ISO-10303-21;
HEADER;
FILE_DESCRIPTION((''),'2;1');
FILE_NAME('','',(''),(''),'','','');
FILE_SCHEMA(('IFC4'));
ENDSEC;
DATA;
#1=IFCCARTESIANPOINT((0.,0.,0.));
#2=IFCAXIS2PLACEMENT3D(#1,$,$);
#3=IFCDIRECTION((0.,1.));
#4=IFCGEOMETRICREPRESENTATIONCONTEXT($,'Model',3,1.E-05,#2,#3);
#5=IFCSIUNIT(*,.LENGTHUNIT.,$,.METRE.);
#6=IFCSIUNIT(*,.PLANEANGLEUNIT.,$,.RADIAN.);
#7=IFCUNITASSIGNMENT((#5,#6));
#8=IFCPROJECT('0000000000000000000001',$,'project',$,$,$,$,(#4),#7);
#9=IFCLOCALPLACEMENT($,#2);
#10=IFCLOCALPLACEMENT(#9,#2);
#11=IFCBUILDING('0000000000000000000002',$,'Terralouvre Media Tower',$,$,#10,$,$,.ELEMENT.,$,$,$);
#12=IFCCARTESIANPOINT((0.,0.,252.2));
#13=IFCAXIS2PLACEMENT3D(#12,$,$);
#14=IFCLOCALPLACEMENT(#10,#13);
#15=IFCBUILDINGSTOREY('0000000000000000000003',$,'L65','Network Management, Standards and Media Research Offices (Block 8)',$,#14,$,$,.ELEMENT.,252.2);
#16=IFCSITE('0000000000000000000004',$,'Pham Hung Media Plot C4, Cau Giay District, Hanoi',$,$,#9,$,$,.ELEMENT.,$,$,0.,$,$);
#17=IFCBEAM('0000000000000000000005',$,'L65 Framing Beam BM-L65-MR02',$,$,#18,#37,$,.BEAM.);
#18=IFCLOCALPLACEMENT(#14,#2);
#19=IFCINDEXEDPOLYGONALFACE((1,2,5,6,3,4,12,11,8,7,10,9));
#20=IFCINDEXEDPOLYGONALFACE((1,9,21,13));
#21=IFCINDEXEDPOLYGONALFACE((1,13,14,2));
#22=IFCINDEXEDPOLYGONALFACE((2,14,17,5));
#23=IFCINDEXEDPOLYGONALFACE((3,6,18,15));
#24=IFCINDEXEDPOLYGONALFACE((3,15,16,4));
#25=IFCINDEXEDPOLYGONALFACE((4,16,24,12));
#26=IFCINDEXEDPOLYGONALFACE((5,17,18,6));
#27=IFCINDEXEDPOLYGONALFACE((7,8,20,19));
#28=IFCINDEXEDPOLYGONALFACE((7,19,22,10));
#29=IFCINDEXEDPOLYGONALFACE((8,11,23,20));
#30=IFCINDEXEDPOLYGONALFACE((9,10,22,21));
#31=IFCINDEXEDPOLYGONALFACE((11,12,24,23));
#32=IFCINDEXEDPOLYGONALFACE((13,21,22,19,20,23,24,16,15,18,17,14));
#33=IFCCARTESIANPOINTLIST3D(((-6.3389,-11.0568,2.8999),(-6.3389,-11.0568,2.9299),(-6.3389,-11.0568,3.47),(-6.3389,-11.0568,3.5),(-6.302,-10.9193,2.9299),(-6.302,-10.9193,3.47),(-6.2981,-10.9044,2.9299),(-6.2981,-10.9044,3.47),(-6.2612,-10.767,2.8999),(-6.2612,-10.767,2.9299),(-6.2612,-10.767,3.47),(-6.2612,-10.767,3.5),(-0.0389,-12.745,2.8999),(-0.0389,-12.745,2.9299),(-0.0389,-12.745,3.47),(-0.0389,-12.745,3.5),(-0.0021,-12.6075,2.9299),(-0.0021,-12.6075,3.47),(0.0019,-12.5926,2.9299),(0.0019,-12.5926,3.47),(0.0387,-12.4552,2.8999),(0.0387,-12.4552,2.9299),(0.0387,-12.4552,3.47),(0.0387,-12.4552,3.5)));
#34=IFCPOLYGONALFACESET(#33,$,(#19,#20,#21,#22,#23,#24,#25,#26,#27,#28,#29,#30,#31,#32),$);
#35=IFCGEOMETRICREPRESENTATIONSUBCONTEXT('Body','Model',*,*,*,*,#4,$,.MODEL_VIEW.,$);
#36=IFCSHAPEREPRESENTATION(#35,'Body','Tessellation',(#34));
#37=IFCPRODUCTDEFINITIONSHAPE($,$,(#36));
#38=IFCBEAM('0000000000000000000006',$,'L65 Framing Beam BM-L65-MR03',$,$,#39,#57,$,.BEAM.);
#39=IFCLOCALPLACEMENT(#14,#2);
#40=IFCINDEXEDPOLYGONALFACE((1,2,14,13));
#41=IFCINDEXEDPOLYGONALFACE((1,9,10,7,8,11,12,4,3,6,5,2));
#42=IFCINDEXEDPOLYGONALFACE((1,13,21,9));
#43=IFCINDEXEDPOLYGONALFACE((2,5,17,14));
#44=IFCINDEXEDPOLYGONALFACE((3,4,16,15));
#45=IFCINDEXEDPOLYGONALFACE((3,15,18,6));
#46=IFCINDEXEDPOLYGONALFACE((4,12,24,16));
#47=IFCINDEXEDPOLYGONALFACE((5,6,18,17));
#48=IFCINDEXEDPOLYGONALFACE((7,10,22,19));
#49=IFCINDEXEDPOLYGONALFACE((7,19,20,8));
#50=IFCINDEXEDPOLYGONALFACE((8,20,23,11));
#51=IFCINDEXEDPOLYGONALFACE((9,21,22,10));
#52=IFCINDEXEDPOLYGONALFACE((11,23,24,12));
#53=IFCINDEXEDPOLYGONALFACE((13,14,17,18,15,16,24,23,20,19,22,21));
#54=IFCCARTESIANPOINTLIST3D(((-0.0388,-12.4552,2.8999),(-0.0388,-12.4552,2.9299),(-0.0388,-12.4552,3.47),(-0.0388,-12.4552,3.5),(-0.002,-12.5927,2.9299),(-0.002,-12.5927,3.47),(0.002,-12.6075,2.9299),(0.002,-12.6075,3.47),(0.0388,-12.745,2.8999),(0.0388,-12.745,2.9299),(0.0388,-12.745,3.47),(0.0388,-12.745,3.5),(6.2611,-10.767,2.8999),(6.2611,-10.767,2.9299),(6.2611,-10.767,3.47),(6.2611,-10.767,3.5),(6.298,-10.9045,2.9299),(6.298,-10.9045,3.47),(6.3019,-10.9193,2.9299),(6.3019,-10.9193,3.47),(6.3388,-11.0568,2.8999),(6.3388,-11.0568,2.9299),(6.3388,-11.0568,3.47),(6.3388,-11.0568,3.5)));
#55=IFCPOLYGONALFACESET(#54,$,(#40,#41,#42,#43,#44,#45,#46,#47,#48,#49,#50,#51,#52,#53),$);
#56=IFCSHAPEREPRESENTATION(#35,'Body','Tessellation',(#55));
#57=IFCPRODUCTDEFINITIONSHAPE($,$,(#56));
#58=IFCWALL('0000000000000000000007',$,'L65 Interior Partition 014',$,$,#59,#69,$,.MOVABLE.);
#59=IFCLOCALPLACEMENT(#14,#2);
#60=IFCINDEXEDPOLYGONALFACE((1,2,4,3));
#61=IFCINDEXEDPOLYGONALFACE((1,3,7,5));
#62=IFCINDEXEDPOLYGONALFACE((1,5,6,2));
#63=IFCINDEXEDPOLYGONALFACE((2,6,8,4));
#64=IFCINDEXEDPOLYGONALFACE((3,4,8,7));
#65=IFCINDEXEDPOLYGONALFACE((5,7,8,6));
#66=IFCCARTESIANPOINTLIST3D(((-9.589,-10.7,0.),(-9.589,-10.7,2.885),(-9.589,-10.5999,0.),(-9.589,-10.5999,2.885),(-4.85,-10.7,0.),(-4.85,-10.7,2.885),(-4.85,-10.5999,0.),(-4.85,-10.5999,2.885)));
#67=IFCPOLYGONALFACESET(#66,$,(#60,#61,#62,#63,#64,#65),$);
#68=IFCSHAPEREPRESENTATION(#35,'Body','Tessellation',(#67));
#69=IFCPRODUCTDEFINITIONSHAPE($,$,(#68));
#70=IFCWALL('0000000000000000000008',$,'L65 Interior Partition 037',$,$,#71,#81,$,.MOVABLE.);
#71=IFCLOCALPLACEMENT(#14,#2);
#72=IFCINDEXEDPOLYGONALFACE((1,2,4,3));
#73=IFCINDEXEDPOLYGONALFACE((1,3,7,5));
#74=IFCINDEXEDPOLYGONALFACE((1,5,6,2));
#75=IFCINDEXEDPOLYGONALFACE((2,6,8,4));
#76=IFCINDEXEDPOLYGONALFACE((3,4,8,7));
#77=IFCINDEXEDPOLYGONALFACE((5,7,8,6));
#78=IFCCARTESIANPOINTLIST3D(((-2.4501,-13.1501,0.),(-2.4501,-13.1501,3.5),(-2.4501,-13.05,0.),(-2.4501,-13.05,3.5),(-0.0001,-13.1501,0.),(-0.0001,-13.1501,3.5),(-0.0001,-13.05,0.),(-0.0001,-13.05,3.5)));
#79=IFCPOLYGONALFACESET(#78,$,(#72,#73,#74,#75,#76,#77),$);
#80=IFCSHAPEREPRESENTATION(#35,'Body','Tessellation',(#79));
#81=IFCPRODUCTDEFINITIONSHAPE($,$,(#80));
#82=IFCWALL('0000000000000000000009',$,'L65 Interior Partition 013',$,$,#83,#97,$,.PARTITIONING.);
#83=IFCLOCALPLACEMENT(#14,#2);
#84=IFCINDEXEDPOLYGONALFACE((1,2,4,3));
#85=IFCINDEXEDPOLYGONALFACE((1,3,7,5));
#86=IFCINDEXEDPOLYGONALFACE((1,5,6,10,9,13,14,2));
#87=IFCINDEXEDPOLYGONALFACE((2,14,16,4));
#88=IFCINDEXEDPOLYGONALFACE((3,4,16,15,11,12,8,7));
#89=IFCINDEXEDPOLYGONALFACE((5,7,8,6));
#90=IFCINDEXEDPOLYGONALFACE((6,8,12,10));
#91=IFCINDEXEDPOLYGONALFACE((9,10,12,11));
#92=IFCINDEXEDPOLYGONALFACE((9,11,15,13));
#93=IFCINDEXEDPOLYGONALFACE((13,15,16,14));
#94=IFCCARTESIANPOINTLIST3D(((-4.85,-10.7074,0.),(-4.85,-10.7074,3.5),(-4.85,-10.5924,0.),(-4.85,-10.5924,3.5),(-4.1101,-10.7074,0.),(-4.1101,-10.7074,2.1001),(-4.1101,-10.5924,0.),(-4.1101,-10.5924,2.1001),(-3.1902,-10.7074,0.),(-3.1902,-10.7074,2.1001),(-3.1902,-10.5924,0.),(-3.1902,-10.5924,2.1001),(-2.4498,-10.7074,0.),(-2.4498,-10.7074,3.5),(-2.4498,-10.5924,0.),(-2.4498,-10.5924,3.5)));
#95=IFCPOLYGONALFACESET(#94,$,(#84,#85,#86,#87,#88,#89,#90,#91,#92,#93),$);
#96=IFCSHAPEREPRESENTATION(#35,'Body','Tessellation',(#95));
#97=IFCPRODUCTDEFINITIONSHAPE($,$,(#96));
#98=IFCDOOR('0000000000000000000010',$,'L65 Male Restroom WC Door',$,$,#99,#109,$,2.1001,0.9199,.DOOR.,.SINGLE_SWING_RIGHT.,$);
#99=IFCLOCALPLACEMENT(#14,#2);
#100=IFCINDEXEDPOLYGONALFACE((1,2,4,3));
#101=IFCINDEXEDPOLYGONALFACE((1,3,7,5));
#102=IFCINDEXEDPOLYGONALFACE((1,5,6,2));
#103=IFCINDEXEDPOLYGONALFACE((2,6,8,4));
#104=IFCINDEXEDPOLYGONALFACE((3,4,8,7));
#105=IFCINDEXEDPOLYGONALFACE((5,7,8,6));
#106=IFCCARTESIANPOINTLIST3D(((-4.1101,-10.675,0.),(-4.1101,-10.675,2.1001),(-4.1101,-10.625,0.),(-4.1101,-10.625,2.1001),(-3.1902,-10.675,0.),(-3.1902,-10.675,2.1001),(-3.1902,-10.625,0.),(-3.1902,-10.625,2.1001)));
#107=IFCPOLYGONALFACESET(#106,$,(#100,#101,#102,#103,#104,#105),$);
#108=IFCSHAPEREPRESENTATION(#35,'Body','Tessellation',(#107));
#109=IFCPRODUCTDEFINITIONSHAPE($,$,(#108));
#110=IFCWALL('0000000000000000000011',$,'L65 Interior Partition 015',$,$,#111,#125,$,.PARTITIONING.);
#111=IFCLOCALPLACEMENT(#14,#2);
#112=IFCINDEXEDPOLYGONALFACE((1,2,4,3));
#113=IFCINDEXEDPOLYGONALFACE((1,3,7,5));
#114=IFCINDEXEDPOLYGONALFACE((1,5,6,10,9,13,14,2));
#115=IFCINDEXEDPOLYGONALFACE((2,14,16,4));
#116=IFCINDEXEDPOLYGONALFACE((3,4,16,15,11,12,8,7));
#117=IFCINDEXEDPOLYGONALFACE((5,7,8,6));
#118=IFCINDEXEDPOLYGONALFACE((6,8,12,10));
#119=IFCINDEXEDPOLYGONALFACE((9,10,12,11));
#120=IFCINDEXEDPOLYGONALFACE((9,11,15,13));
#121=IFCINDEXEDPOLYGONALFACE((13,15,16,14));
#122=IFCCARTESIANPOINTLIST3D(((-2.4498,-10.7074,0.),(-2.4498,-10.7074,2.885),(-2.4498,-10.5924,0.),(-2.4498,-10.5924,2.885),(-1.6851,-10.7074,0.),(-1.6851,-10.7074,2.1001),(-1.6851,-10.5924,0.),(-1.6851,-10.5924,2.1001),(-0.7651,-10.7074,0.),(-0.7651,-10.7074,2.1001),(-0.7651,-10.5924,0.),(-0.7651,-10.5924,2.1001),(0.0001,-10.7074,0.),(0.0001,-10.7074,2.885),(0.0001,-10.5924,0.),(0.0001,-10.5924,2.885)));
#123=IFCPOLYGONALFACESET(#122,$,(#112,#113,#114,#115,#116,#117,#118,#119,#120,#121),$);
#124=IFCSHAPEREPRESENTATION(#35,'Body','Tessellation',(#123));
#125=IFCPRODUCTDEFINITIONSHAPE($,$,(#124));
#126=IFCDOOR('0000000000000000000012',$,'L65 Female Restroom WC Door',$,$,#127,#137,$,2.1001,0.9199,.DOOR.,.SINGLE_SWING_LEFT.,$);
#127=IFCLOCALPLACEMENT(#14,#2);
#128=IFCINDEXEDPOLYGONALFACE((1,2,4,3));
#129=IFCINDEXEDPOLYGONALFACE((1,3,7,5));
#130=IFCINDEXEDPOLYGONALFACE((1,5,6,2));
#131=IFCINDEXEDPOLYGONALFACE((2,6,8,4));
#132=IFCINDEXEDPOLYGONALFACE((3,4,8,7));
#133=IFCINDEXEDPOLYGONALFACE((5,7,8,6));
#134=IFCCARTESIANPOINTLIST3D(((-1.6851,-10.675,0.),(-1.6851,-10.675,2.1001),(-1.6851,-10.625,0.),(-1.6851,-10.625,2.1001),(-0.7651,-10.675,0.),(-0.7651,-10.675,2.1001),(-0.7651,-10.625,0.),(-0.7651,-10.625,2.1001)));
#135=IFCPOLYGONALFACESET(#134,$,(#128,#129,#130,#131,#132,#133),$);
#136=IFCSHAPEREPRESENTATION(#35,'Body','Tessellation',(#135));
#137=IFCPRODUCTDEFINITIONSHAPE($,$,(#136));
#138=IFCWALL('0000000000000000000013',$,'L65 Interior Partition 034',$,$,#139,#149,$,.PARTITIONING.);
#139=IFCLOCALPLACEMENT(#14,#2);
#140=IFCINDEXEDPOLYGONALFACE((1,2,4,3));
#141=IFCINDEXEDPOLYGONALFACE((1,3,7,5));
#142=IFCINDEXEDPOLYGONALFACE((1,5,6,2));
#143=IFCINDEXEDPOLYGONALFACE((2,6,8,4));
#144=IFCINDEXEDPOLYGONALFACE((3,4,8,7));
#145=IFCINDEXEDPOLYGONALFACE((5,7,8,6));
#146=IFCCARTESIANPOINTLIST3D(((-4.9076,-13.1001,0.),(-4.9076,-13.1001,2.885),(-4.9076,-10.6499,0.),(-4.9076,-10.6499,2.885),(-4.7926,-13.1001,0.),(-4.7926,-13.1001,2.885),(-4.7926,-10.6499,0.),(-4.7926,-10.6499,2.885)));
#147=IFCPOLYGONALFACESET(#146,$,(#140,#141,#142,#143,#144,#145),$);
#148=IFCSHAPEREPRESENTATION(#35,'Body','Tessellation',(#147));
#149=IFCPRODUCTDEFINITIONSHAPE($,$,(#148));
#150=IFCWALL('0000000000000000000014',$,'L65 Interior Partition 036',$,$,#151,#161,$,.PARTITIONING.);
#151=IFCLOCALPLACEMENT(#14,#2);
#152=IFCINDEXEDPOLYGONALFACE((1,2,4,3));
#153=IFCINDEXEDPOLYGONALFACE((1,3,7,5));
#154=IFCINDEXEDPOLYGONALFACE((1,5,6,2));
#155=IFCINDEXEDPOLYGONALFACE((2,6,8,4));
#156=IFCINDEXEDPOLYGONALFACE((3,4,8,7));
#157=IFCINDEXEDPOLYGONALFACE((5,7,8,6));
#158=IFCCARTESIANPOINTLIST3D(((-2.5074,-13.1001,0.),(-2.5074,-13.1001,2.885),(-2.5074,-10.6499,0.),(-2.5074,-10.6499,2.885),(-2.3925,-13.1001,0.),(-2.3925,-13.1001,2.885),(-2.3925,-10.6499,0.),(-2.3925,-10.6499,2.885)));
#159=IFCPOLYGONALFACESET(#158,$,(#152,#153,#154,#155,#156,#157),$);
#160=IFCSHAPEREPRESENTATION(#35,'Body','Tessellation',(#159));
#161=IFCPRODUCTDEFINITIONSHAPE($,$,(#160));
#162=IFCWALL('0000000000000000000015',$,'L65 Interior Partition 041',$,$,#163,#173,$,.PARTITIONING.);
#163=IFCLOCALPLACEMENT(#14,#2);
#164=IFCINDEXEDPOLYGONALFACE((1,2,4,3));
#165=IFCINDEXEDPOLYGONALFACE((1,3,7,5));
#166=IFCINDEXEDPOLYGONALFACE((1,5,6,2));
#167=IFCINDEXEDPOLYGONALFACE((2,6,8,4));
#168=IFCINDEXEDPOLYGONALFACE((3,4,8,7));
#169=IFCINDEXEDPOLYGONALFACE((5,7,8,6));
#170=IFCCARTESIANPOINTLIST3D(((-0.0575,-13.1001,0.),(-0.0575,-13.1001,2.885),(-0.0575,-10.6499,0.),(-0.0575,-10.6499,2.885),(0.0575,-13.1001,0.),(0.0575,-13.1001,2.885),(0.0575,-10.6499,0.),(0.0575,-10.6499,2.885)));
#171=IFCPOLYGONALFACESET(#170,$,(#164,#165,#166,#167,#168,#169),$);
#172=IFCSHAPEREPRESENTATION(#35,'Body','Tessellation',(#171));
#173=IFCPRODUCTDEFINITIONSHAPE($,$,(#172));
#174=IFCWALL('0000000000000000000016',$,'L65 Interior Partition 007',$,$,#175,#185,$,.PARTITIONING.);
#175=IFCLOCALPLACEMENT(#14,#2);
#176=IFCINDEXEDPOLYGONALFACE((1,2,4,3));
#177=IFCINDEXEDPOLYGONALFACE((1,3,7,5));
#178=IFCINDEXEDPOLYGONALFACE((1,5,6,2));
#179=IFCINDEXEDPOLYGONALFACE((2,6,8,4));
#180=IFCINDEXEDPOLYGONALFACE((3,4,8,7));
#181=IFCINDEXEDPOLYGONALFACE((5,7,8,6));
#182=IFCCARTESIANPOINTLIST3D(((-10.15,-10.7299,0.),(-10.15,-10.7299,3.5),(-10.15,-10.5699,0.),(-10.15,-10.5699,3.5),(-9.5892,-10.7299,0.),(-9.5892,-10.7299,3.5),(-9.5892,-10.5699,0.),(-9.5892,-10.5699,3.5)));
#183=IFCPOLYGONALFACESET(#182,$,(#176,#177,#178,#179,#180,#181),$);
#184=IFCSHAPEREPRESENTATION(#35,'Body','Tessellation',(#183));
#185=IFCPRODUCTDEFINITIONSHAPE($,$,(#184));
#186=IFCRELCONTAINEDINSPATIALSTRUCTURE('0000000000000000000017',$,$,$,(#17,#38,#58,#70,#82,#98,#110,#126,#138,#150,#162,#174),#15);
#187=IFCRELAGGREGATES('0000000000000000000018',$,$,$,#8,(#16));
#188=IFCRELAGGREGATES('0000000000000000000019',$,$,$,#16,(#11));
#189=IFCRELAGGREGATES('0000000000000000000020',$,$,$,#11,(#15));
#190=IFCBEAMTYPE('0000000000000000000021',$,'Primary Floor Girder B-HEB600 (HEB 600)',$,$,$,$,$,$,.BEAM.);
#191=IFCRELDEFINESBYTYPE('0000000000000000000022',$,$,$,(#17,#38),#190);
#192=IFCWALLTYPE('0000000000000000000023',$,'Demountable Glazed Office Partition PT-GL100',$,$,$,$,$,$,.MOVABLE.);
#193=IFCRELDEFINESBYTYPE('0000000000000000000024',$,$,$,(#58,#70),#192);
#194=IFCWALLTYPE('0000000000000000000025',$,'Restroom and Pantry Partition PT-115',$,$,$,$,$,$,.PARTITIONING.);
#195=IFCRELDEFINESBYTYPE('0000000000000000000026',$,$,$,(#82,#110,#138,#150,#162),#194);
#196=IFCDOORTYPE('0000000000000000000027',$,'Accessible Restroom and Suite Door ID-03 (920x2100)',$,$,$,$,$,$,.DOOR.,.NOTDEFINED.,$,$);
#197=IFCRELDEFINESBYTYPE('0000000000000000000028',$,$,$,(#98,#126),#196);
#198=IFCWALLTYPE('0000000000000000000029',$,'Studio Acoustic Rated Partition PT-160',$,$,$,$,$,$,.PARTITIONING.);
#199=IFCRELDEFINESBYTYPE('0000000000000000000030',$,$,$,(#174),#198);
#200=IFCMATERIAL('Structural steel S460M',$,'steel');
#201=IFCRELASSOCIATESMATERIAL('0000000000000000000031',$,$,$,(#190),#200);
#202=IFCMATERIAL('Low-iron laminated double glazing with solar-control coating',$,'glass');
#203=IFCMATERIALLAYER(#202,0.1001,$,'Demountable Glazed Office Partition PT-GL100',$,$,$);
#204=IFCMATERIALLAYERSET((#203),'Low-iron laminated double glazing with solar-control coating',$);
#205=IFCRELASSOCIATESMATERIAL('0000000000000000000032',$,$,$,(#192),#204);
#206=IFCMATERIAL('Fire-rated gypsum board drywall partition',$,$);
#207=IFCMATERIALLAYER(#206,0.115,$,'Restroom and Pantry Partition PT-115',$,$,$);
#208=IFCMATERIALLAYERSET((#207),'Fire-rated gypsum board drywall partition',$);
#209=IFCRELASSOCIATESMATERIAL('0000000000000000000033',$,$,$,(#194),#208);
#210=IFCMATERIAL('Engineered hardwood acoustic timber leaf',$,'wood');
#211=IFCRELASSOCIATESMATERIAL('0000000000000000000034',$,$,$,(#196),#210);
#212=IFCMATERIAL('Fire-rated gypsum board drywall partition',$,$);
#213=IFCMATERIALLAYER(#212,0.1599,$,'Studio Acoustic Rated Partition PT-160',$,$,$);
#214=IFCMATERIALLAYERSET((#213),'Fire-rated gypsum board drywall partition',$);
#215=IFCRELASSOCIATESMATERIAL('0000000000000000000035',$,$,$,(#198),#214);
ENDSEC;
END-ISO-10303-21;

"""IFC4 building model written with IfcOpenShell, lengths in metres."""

from ifc_helpers import new_model, si_unit, direction, frame, frame_2d, origin, origin_2d, place, context, subcontext, project, spatial, rectangle, i_section, extrude, material, layer, layer_set, material_profile, profile_set, type_object, element, fill, save


model = new_model("IFC4")

# Units and contexts
model_context = context("Model", 3, precision=1e-05, world=origin(), true_north=direction((0.0, 1.0)))
body_context = subcontext(model_context, "Body", "Model", "MODEL_VIEW")
ifc_project = project(units=[si_unit("LENGTHUNIT", "METRE"), si_unit("PLANEANGLEUNIT", "RADIAN")], contexts=[model_context])

# Site, building, storey
site_placement = place(None, origin())
site = spatial("IfcSite", under=ifc_project, at=site_placement, Name="Pham Hung Media Plot C4, Cau Giay District, Hanoi", CompositionType="ELEMENT", RefElevation=0.0)
building_placement = place(site_placement, origin())
building = spatial("IfcBuilding", under=site, at=building_placement, Name="Terralouvre Media Tower", CompositionType="ELEMENT")
storey_placement = place(building_placement, frame((0.0, 0.0, 252.2)))
storey = spatial("IfcBuildingStorey", under=building, at=storey_placement, Name="L65", Description="Network Management, Standards and Media Research Offices (Block 8)", CompositionType="ELEMENT", Elevation=252.2)

# Beams
ifc_material_1 = material(Name="Structural steel S460M", Category="steel")
ifc_material_profile_1 = material_profile(ifc_material_1, i_section(OverallWidth=0.3, OverallDepth=0.6001, WebThickness=0.0154, FlangeThickness=0.03, at=origin_2d()), Name="HEB 600")
ifc_profile_set_1 = profile_set([ifc_material_profile_1], Name="Structural steel S460M")
beam_type_1 = type_object("IfcBeamType", Name="Primary Floor Girder B-HEB600 (HEB 600)", PredefinedType="BEAM", material=ifc_profile_set_1)
for number, where, z_axis, x_axis, name in (
    (1, (-6.3, -10.9119, 3.2), (0.96592, -0.258839, 0.0), (0.258839, 0.96592, 0.0), "L65 Framing Beam BM-L65-MR02"),
    (2, (0.0, -12.6001, 3.2), (0.96592, 0.258839, 0.0), (-0.258839, 0.96592, 0.0), "L65 Framing Beam BM-L65-MR03"),
):
    element("IfcBeam", number, at=place(storey_placement, frame(where, z_axis=z_axis, x_axis=x_axis)), inside=storey, type_object=beam_type_1, Name=name, PredefinedType="BEAM", context=body_context, shape_type="SweptSolid", body=[
        extrude(i_section(OverallWidth=0.3, OverallDepth=0.6001, WebThickness=0.0154, FlangeThickness=0.03, at=origin_2d()), origin(), (0.0, 0.0, 1.0), 6.5222),
    ])

# Walls
ifc_material_2 = material(Name="Low-iron laminated double glazing with solar-control coating", Category="glass")
ifc_layer_1 = layer(ifc_material_2, 0.1001, Name="Demountable Glazed Office Partition PT-GL100")
ifc_layer_set_1 = layer_set([ifc_layer_1], Name="Low-iron laminated double glazing with solar-control coating")
wall_type_1 = type_object("IfcWallType", Name="Demountable Glazed Office Partition PT-GL100", PredefinedType="MOVABLE", material=ifc_layer_set_1)
wall_1_placement = place(storey_placement, frame((-9.5891, -10.6499, 0.0), z_axis=(0.0, 0.0, 1.0), x_axis=(1.0, 0.0, 0.0)))
element("IfcWall", 3, at=wall_1_placement, inside=storey, type_object=wall_type_1, Name="L65 Interior Partition 014", PredefinedType="MOVABLE", context=body_context, shape_type="SweptSolid", body=[
    extrude(rectangle(XDim=4.739, YDim=0.1001, at=frame_2d((2.3696, 0.0))), origin(), (0.0, 0.0, 1.0), 2.885),
])
wall_2_placement = place(storey_placement, frame((0.0, -13.1001, 0.0), z_axis=(0.0, 0.0, 1.0), x_axis=(-1.0, 0.0, 0.0)))
element("IfcWall", 4, at=wall_2_placement, inside=storey, type_object=wall_type_1, Name="L65 Interior Partition 037", PredefinedType="MOVABLE", context=body_context, shape_type="SweptSolid", body=[
    extrude(rectangle(XDim=2.45, YDim=0.1001, at=frame_2d((1.2251, 0.0))), origin(), (0.0, 0.0, 1.0), 3.5),
])

# Walls, openings, doors
ifc_material_3 = material(Name="Fire-rated gypsum board drywall partition")
ifc_layer_2 = layer(ifc_material_3, 0.115, Name="Restroom and Pantry Partition PT-115")
ifc_layer_set_2 = layer_set([ifc_layer_2], Name="Fire-rated gypsum board drywall partition")
wall_type_2 = type_object("IfcWallType", Name="Restroom and Pantry Partition PT-115", PredefinedType="PARTITIONING", material=ifc_layer_set_2)
wall_3_placement = place(storey_placement, frame((-4.8501, -10.6499, 0.0), z_axis=(0.0, 0.0, 1.0), x_axis=(1.0, 0.0, 0.0)))
wall_3 = element("IfcWall", 5, at=wall_3_placement, inside=storey, type_object=wall_type_2, Name="L65 Interior Partition 013", PredefinedType="PARTITIONING", context=body_context, shape_type="SweptSolid", body=[
    extrude(rectangle(XDim=2.4001, YDim=0.115, at=frame_2d((1.2002, 0.0))), origin(), (0.0, 0.0, 1.0), 3.5),
])
opening_1_placement = place(wall_3_placement, frame((0.74, 0.0, 0.0)))
opening_1 = element("IfcOpeningElement", 6, at=opening_1_placement, cuts=wall_3, PredefinedType="OPENING", context=body_context, shape_type="SweptSolid", body=[
    extrude(rectangle(XDim=0.9199, YDim=2.1001, at=frame_2d((0.46, 1.05))), frame((0.0, 0.0674, 0.0), z_axis=(0.0, -1.0, 0.0), x_axis=(1.0, 0.0, 0.0)), (0.0, 0.0, 1.0), 0.135),
])
ifc_material_4 = material(Name="Engineered hardwood acoustic timber leaf", Category="wood")
door_type = type_object("IfcDoorType", Name="Accessible Restroom and Suite Door ID-03 (920x2100)", OperationType="NOTDEFINED", PredefinedType="DOOR", material=ifc_material_4)
door_1_placement = place(opening_1_placement, origin())
door_1 = element("IfcDoor", 7, at=door_1_placement, inside=storey, type_object=door_type, Name="L65 Male Restroom WC Door", OperationType="SINGLE_SWING_RIGHT", OverallHeight=2.1001, OverallWidth=0.9199, PredefinedType="DOOR", context=body_context, shape_type="SweptSolid", body=[
    extrude(rectangle(XDim=0.9199, YDim=2.1001, at=frame_2d((0.46, 1.05))), frame((0.0, 0.0249, 0.0), z_axis=(0.0, -1.0, 0.0), x_axis=(1.0, 0.0, 0.0)), (0.0, 0.0, 1.0), 0.05),
])
fill(opening_1, door_1)
wall_4_placement = place(storey_placement, frame((-2.45, -10.6499, 0.0), z_axis=(0.0, 0.0, 1.0), x_axis=(1.0, 0.0, 0.0)))
wall_4 = element("IfcWall", 8, at=wall_4_placement, inside=storey, type_object=wall_type_2, Name="L65 Interior Partition 015", PredefinedType="PARTITIONING", context=body_context, shape_type="SweptSolid", body=[
    extrude(rectangle(XDim=2.45, YDim=0.115, at=frame_2d((1.2251, 0.0))), origin(), (0.0, 0.0, 1.0), 2.885),
])
opening_2_placement = place(wall_4_placement, frame((0.7649, 0.0, 0.0)))
opening_2 = element("IfcOpeningElement", 9, at=opening_2_placement, cuts=wall_4, PredefinedType="OPENING", context=body_context, shape_type="SweptSolid", body=[
    extrude(rectangle(XDim=0.9199, YDim=2.1001, at=frame_2d((0.46, 1.05))), frame((0.0, 0.0674, 0.0), z_axis=(0.0, -1.0, 0.0), x_axis=(1.0, 0.0, 0.0)), (0.0, 0.0, 1.0), 0.135),
])
door_2_placement = place(opening_2_placement, origin())
door_2 = element("IfcDoor", 10, at=door_2_placement, inside=storey, type_object=door_type, Name="L65 Female Restroom WC Door", OperationType="SINGLE_SWING_LEFT", OverallHeight=2.1001, OverallWidth=0.9199, PredefinedType="DOOR", context=body_context, shape_type="SweptSolid", body=[
    extrude(rectangle(XDim=0.9199, YDim=2.1001, at=frame_2d((0.46, 1.05))), frame((0.0, 0.0249, 0.0), z_axis=(0.0, -1.0, 0.0), x_axis=(1.0, 0.0, 0.0)), (0.0, 0.0, 1.0), 0.05),
])
fill(opening_2, door_2)

# Walls
for number, where, z_axis, x_axis, name in (
    (11, (-4.8501, -10.6499, 0.0), (0.0, 0.0, 1.0), (0.0, -1.0, 0.0), "L65 Interior Partition 034"),
    (12, (-2.45, -13.1001, 0.0), (0.0, 0.0, 1.0), (0.0, 1.0, 0.0), "L65 Interior Partition 036"),
    (13, (0.0, -13.1001, 0.0), (0.0, 0.0, 1.0), (0.0, 1.0, 0.0), "L65 Interior Partition 041"),
):
    element("IfcWall", number, at=place(storey_placement, frame(where, z_axis=z_axis, x_axis=x_axis)), inside=storey, type_object=wall_type_2, Name=name, PredefinedType="PARTITIONING", context=body_context, shape_type="SweptSolid", body=[
        extrude(rectangle(XDim=2.4502, YDim=0.115, at=frame_2d((1.2251, 0.0))), origin(), (0.0, 0.0, 1.0), 2.885),
    ])
ifc_material_5 = material(Name="Fire-rated gypsum board drywall partition")
ifc_layer_3 = layer(ifc_material_5, 0.1599, Name="Studio Acoustic Rated Partition PT-160")
ifc_layer_set_3 = layer_set([ifc_layer_3], Name="Fire-rated gypsum board drywall partition")
wall_type_3 = type_object("IfcWallType", Name="Studio Acoustic Rated Partition PT-160", PredefinedType="PARTITIONING", material=ifc_layer_set_3)
wall_5_placement = place(storey_placement, frame((-10.1499, -10.6499, 0.0), z_axis=(0.0, 0.0, 1.0), x_axis=(1.0, 0.0, 0.0)))
element("IfcWall", 14, at=wall_5_placement, inside=storey, type_object=wall_type_3, Name="L65 Interior Partition 007", PredefinedType="PARTITIONING", context=body_context, shape_type="SweptSolid", body=[
    extrude(rectangle(XDim=0.5608, YDim=0.1599, at=frame_2d((0.2803, 0.0))), origin(), (0.0, 0.0, 1.0), 3.5),
])

save(model, "model.ifc")
